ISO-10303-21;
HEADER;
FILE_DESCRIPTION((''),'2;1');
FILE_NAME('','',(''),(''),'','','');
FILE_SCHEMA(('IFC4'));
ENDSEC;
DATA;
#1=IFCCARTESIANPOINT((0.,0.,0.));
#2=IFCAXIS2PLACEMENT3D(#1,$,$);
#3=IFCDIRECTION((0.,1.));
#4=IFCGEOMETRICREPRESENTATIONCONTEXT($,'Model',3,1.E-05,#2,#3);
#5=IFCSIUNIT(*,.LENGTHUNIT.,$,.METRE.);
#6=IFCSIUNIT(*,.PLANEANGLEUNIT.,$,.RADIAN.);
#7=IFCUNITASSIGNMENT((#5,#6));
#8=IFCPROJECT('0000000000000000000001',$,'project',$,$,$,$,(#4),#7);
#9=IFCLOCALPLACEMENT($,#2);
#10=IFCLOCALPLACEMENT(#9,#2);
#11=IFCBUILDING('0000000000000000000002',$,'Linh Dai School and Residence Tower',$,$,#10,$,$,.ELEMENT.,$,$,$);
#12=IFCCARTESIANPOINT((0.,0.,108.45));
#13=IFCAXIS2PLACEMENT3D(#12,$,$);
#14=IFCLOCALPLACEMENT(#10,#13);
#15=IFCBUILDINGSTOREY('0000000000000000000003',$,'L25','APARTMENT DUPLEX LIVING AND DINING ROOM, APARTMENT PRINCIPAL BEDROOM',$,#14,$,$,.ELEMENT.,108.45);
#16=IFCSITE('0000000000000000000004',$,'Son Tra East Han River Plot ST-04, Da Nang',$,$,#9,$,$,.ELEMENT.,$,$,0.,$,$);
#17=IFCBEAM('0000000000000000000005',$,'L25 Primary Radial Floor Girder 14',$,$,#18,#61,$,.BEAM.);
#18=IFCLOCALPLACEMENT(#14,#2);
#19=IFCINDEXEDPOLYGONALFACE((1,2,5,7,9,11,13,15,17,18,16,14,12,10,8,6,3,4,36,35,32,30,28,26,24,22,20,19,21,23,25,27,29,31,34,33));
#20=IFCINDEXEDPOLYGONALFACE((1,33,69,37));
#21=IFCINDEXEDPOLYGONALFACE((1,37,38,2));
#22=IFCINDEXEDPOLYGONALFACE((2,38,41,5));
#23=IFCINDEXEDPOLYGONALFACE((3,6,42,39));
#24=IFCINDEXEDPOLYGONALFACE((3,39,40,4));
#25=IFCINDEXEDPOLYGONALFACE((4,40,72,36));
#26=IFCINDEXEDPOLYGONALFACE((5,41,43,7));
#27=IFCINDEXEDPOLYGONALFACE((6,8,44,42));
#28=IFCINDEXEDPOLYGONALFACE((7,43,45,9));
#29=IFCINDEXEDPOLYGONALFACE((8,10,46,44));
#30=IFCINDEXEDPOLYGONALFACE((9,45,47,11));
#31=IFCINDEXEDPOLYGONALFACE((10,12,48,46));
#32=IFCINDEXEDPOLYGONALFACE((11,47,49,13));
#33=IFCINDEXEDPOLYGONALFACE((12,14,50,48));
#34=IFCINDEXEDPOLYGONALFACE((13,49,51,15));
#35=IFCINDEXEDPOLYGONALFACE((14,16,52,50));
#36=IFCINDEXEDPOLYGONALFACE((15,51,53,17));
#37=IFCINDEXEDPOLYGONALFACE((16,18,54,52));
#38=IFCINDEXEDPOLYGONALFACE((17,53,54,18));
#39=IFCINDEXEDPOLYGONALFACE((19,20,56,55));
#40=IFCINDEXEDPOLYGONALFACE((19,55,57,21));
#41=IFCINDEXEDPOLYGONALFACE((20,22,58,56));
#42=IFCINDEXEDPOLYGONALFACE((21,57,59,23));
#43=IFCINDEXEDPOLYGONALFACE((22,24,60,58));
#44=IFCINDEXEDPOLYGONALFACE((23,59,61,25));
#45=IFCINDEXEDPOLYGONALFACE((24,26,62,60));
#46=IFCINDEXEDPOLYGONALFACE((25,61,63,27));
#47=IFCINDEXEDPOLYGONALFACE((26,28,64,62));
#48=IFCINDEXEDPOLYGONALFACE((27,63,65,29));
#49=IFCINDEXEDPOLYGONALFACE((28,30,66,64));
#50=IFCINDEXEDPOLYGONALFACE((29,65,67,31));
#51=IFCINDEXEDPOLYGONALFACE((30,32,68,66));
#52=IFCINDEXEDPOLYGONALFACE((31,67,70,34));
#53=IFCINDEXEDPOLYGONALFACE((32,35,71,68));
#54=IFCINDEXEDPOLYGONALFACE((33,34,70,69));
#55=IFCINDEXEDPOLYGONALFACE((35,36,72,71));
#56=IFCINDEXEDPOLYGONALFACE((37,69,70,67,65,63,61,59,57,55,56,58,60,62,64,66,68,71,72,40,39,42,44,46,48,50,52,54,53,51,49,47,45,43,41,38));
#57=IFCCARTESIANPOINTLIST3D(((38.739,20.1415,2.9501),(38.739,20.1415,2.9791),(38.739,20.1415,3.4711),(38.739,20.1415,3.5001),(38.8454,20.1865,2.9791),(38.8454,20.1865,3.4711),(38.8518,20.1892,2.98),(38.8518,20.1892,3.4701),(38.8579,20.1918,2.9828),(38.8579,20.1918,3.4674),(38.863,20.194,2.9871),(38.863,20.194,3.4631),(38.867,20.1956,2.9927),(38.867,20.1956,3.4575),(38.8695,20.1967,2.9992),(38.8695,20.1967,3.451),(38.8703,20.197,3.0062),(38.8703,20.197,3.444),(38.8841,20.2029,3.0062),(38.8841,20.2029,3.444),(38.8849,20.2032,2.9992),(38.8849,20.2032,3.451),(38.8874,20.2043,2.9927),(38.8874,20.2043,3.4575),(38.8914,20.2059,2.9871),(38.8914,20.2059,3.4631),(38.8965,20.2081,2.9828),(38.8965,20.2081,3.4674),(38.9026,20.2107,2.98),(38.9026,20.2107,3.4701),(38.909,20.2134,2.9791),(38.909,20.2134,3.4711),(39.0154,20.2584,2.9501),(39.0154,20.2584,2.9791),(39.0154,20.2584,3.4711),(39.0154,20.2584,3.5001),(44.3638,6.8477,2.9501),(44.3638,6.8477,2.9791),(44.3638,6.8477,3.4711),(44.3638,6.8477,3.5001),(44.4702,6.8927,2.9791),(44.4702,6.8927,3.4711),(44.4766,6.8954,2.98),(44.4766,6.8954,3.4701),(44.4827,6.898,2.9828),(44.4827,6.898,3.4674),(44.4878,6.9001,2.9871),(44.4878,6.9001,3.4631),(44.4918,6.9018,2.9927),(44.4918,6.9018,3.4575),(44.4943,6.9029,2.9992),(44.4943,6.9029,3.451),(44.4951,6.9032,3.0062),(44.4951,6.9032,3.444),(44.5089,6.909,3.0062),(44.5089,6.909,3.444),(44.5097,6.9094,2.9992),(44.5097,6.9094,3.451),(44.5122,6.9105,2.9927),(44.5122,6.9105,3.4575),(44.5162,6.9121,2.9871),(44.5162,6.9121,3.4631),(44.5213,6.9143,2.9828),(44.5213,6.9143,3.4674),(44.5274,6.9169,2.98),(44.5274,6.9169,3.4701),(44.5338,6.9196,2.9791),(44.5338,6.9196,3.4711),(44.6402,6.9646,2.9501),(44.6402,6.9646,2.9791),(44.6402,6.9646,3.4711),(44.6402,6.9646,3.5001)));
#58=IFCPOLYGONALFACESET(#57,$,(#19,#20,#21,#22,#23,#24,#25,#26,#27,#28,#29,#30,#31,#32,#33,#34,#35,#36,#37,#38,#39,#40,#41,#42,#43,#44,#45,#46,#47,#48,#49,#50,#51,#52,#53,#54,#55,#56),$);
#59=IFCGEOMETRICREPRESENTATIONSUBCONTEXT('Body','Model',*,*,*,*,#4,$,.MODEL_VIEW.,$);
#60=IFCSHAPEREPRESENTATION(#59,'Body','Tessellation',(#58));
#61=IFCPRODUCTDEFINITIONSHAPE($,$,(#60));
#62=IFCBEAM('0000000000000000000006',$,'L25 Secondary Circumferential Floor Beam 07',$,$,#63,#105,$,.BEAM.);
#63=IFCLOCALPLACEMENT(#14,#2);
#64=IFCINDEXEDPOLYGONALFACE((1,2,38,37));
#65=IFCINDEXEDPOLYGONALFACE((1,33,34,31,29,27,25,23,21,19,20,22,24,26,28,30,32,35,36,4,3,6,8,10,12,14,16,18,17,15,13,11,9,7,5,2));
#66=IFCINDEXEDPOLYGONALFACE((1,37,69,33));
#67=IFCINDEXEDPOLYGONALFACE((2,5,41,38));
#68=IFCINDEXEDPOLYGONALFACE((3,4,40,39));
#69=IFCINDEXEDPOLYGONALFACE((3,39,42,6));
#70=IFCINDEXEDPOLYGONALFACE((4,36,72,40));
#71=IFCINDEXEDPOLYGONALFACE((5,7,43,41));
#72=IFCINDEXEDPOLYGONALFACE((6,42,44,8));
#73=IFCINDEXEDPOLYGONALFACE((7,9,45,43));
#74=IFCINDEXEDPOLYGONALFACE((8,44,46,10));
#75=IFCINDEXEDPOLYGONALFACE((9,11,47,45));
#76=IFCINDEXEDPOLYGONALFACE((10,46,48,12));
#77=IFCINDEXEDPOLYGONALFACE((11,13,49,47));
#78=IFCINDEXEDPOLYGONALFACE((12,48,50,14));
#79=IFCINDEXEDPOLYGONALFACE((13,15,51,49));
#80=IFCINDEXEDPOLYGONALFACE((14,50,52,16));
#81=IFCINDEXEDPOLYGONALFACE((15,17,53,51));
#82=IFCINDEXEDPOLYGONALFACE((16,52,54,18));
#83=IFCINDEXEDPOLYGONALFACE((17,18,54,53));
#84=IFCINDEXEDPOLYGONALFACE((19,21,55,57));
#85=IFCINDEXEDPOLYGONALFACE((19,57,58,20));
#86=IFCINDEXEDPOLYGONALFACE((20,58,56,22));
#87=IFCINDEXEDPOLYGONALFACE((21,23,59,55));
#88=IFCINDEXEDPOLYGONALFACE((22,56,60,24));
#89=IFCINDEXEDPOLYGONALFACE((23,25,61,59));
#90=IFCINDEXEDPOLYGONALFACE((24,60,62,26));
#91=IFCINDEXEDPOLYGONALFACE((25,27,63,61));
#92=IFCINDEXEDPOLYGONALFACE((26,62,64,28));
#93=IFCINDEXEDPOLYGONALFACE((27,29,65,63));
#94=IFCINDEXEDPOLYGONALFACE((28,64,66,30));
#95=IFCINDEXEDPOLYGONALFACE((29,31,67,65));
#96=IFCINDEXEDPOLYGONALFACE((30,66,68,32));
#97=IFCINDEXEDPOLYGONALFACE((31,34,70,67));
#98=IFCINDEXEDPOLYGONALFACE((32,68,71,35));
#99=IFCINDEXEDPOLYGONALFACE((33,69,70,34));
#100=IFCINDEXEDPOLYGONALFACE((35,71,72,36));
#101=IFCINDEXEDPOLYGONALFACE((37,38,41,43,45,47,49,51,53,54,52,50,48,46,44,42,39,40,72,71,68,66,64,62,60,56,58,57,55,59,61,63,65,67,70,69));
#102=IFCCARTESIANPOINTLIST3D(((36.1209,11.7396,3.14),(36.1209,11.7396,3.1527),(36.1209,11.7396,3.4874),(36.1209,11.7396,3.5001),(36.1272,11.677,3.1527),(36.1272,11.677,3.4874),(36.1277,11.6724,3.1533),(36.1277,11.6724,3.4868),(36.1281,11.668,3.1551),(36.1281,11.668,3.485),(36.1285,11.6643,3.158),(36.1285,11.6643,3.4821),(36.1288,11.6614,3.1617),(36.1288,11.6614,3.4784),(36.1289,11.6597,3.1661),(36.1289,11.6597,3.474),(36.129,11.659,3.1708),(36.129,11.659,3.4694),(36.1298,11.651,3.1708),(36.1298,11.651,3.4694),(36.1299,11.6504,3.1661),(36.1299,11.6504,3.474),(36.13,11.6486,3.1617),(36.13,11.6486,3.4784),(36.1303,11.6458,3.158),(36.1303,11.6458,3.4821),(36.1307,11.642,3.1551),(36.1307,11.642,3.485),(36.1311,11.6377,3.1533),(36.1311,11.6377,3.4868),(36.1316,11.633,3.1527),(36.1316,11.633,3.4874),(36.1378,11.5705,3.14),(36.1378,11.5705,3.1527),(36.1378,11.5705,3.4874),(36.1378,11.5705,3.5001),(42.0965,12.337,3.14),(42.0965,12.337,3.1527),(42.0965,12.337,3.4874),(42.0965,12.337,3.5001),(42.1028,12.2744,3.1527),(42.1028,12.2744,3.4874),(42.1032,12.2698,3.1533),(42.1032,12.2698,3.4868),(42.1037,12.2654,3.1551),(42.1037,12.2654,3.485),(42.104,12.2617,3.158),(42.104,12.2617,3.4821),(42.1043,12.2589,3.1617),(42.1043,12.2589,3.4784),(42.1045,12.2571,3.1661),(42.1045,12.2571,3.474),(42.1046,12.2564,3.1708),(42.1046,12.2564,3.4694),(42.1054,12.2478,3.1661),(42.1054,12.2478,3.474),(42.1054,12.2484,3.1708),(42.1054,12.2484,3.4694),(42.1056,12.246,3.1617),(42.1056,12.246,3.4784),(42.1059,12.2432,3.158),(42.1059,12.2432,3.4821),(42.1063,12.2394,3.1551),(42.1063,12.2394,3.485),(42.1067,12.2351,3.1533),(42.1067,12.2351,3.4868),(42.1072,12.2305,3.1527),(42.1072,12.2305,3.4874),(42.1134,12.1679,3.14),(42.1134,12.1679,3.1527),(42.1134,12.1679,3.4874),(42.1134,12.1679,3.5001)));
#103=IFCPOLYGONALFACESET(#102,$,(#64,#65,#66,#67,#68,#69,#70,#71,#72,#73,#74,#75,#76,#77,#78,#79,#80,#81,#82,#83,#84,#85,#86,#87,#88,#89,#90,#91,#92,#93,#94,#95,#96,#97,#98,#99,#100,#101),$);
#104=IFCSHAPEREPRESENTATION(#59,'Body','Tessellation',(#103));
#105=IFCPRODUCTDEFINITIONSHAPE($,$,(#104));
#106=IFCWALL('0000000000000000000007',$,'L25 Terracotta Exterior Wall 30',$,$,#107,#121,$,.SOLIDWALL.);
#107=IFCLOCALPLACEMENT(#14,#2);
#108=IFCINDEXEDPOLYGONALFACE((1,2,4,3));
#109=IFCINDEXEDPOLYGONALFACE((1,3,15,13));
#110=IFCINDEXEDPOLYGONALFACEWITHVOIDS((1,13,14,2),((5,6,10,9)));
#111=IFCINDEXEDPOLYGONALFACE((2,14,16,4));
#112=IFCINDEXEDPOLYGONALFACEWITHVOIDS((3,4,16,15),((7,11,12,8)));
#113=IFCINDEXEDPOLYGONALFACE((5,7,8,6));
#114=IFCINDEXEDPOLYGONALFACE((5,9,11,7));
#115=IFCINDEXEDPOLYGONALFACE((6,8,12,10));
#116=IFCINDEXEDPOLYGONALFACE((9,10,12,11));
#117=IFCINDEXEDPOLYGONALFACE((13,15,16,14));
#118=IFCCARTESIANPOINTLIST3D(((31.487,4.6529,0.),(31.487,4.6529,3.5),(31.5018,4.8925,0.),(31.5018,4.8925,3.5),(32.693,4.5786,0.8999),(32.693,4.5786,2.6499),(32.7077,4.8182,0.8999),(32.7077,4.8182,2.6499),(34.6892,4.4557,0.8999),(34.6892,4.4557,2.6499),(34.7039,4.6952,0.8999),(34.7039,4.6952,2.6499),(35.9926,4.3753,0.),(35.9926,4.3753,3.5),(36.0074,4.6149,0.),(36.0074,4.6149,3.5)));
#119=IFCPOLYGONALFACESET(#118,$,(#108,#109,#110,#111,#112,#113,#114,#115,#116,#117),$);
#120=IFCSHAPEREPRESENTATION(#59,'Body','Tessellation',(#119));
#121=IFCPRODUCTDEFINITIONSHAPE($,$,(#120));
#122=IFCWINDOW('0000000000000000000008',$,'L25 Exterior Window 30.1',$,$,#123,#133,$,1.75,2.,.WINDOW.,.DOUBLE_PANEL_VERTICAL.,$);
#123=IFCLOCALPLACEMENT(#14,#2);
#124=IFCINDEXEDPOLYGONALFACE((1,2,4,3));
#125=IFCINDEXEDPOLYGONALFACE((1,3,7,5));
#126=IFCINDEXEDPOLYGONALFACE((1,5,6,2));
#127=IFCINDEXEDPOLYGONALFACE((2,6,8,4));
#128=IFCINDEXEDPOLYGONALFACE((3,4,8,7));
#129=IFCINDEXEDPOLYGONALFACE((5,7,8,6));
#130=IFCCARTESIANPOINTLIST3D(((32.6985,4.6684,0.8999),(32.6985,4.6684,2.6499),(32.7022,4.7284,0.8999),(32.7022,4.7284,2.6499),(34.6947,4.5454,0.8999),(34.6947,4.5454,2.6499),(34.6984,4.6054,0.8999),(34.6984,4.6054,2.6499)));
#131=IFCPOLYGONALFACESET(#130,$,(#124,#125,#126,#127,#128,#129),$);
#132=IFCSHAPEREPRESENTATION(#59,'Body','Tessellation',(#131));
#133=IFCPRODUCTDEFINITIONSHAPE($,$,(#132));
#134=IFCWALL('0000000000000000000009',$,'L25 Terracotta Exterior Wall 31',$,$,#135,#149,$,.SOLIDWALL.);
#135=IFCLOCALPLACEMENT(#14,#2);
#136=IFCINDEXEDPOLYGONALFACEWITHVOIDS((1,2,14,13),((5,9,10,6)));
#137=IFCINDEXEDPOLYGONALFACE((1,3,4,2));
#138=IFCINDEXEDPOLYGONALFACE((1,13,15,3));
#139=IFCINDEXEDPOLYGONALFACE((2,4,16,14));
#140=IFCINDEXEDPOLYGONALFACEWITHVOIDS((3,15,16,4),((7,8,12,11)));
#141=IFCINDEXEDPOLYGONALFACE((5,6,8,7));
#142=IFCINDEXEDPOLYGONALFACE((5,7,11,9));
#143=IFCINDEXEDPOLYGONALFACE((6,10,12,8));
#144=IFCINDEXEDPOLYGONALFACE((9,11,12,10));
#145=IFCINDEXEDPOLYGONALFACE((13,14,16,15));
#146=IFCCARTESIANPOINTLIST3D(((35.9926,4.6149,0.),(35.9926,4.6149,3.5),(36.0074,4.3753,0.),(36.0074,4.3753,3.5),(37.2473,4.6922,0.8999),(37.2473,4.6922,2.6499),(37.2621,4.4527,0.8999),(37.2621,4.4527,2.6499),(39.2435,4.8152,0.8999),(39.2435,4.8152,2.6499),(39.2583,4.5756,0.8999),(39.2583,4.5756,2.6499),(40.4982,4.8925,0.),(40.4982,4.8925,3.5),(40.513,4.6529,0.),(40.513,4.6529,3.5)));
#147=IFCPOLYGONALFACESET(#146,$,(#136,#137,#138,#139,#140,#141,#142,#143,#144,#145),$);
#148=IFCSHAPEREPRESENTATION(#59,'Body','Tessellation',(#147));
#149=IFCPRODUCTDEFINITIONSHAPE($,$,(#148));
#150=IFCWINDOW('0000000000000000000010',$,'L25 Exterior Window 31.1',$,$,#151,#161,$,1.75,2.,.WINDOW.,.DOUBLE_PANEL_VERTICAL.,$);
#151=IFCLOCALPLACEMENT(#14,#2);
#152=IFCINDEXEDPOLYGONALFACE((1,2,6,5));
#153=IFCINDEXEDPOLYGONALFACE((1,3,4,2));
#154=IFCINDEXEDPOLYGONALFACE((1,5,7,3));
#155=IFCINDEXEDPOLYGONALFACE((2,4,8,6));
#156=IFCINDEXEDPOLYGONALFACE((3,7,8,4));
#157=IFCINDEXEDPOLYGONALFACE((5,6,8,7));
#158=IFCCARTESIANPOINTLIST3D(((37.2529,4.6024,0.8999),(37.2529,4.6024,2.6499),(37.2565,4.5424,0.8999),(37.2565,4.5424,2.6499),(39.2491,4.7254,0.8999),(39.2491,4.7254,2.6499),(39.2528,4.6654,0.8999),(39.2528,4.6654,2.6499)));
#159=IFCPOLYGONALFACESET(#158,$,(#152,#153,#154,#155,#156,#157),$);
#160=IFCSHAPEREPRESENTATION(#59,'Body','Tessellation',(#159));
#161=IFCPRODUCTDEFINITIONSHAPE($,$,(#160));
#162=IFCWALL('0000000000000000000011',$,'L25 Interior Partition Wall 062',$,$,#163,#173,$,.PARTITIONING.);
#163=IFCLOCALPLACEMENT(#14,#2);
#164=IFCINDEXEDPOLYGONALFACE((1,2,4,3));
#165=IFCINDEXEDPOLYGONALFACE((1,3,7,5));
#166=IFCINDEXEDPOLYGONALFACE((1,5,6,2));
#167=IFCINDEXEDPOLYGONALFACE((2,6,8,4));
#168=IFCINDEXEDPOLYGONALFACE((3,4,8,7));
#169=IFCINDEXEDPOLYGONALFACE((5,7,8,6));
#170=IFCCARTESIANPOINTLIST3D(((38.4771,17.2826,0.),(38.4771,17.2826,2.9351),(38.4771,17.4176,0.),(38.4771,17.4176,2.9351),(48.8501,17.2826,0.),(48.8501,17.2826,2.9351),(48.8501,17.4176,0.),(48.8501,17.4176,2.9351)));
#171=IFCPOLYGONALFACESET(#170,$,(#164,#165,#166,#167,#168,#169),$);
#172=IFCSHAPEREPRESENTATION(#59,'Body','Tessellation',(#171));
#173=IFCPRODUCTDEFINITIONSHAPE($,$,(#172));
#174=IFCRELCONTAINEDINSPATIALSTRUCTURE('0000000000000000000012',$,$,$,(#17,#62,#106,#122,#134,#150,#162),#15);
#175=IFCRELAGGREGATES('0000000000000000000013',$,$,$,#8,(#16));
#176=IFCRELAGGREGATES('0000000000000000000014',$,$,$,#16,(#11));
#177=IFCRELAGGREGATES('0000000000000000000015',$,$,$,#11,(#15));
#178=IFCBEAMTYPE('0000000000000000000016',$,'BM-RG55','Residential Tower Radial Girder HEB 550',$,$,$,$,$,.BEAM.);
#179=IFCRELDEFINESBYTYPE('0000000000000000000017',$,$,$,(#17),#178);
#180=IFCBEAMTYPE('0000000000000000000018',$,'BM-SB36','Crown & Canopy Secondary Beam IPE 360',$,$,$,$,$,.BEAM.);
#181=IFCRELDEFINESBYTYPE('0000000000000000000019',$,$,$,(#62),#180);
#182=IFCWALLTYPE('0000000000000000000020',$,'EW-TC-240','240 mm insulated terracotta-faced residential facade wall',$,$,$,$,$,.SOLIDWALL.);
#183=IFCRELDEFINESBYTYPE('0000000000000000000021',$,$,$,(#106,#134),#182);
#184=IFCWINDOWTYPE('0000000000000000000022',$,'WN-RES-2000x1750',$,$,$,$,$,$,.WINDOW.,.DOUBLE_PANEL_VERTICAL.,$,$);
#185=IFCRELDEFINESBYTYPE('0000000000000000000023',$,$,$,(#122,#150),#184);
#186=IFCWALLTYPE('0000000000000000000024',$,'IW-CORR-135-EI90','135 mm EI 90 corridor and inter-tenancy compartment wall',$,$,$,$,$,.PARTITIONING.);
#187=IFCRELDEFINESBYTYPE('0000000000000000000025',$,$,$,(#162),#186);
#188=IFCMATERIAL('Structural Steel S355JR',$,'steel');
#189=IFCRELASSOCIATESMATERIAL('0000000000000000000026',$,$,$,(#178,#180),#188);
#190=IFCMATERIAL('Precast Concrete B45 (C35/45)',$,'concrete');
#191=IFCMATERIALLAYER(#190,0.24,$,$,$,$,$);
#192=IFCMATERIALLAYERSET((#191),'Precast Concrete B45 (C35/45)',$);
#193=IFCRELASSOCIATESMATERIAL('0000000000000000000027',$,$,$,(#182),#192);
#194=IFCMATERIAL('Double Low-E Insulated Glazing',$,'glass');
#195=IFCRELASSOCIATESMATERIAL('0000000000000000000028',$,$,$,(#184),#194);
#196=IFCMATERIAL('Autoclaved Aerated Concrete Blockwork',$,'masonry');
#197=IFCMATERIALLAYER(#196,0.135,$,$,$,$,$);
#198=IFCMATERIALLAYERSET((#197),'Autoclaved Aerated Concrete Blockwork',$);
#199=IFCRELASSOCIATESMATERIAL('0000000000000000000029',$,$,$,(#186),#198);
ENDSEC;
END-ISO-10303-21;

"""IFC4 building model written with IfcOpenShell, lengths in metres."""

from ifc_helpers import new_model, si_unit, direction, frame, frame_2d, origin, origin_2d, place, context, subcontext, project, spatial, rectangle, i_section, extrude, source, transform, mapped, material, layer, layer_set, material_profile, profile_set, type_object, element, fill, save


model = new_model("IFC4")

# Units and contexts
model_context = context("Model", 3, precision=1e-05, world=origin(), true_north=direction((0.0, 1.0)))
body_context = subcontext(model_context, "Body", "Model", "MODEL_VIEW")
ifc_project = project(units=[si_unit("LENGTHUNIT", "METRE"), si_unit("PLANEANGLEUNIT", "RADIAN")], contexts=[model_context])

# Site, building, storey
site_placement = place(None, origin())
site = spatial("IfcSite", under=ifc_project, at=site_placement, Name="Son Tra East Han River Plot ST-04, Da Nang", CompositionType="ELEMENT", RefElevation=0.0)
building_placement = place(site_placement, origin())
building = spatial("IfcBuilding", under=site, at=building_placement, Name="Linh Dai School and Residence Tower", CompositionType="ELEMENT")
storey_placement = place(building_placement, frame((0.0, 0.0, 108.45)))
storey = spatial("IfcBuildingStorey", under=building, at=storey_placement, Name="L25", Description="APARTMENT DUPLEX LIVING AND DINING ROOM, APARTMENT PRINCIPAL BEDROOM", CompositionType="ELEMENT", Elevation=108.45)

# Shared definitions
ifc_material_1 = material(Name="Structural Steel S355JR", Category="steel")

# Beams
ifc_material_profile_1 = material_profile(ifc_material_1, i_section(OverallWidth=0.3, OverallDepth=0.55, WebThickness=0.0149, FlangeThickness=0.0291, FilletRadius=0.0271, at=origin_2d()), Name="HEB 550")
ifc_profile_set_1 = profile_set([ifc_material_profile_1], Name="Structural Steel S355JR")
beam_type_1 = type_object("IfcBeamType", Name="BM-RG55", Description="Residential Tower Radial Girder HEB 550", PredefinedType="BEAM", material=ifc_profile_set_1)
beam_1_placement = place(storey_placement, frame((38.8772, 20.2, 3.2251), z_axis=(0.389669, -0.920955, 0.0), x_axis=(0.920955, 0.389669, 0.0)))
element("IfcBeam", 1, at=beam_1_placement, inside=storey, type_object=beam_type_1, Name="L25 Primary Radial Floor Girder 14", PredefinedType="BEAM", context=body_context, shape_type="SweptSolid", body=[
    extrude(i_section(OverallWidth=0.3, OverallDepth=0.55, WebThickness=0.0149, FlangeThickness=0.0291, FilletRadius=0.0271, at=origin_2d()), origin(), (0.0, 0.0, 1.0), 14.4348),
])
ifc_material_profile_2 = material_profile(ifc_material_1, i_section(OverallWidth=0.1699, OverallDepth=0.3601, WebThickness=0.0081, FlangeThickness=0.0127, FilletRadius=0.0181, at=origin_2d()), Name="IPE 360")
ifc_profile_set_2 = profile_set([ifc_material_profile_2], Name="Structural Steel S355JR")
beam_type_2 = type_object("IfcBeamType", Name="BM-SB36", Description="Crown & Canopy Secondary Beam IPE 360", PredefinedType="BEAM", material=ifc_profile_set_2)
beam_2_placement = place(storey_placement, frame((36.1294, 11.655, 3.3201), z_axis=(0.99504, 0.09948, 0.0), x_axis=(-0.09948, 0.99504, 0.0)))
element("IfcBeam", 2, at=beam_2_placement, inside=storey, type_object=beam_type_2, Name="L25 Secondary Circumferential Floor Beam 07", PredefinedType="BEAM", context=body_context, shape_type="SweptSolid", body=[
    extrude(i_section(OverallWidth=0.1699, OverallDepth=0.3601, WebThickness=0.0081, FlangeThickness=0.0127, FilletRadius=0.0181, at=origin_2d()), origin(), (0.0, 0.0, 1.0), 6.0054),
])

# Walls, openings, windows
ifc_material_2 = material(Name="Precast Concrete B45 (C35/45)", Category="concrete")
ifc_layer_1 = layer(ifc_material_2, 0.24)
ifc_layer_set_1 = layer_set([ifc_layer_1], Name="Precast Concrete B45 (C35/45)")
wall_type_1 = type_object("IfcWallType", Name="EW-TC-240", Description="240 mm insulated terracotta-faced residential facade wall", PredefinedType="SOLIDWALL", material=ifc_layer_set_1)
wall_1_placement = place(storey_placement, frame((36.0, 4.4951, 0.0), z_axis=(0.0, 0.0, 1.0), x_axis=(-0.998108, 0.061493, 0.0)))
wall_1 = element("IfcWall", 3, at=wall_1_placement, inside=storey, type_object=wall_type_1, Name="L25 Terracotta Exterior Wall 30", PredefinedType="SOLIDWALL", context=body_context, shape_type="SweptSolid", body=[
    extrude(rectangle(XDim=4.5142, YDim=0.24, at=frame_2d((2.2571, 0.0))), origin(), (0.0, 0.0, 1.0), 3.5),
])
opening_1_placement = place(wall_1_placement, frame((1.3059, 0.0, 0.8999)))
opening_1 = element("IfcOpeningElement", 4, at=opening_1_placement, cuts=wall_1, PredefinedType="OPENING", context=body_context, shape_type="SweptSolid", body=[
    extrude(rectangle(XDim=2.0, YDim=1.75, at=origin_2d()), frame((1.0, 0.1299, 0.875), z_axis=(0.0, -1.0, 0.0), x_axis=(1.0, 0.0, 0.0)), (0.0, 0.0, 1.0), 0.26),
])
ifc_material_3 = material(Name="Double Low-E Insulated Glazing", Category="glass")
window_type = type_object("IfcWindowType", Name="WN-RES-2000x1750", PartitioningType="DOUBLE_PANEL_VERTICAL", PredefinedType="WINDOW", material=ifc_material_3)
shared_shape_1 = source(origin(), body_context, "Body", "SweptSolid", [
    extrude(rectangle(XDim=2.0, YDim=1.75, at=origin_2d()), frame((1.0, 0.03, 0.875), z_axis=(0.0, -1.0, 0.0), x_axis=(1.0, 0.0, 0.0)), (0.0, 0.0, 1.0), 0.0601),
])
window_1_placement = place(opening_1_placement, origin())
window_1 = element("IfcWindow", 5, at=window_1_placement, inside=storey, type_object=window_type, Name="L25 Exterior Window 30.1", OverallHeight=1.75, OverallWidth=2.0, PartitioningType="DOUBLE_PANEL_VERTICAL", PredefinedType="WINDOW", context=body_context, shape_type="MappedRepresentation", body=[
    mapped(shared_shape_1, transform((0.0, 0.0, 0.0), x_axis=(1.0, 0.0, 0.0), y_axis=(0.0, 1.0, 0.0), z_axis=(0.0, 0.0, 1.0), scale=1.0)),
])
fill(opening_1, window_1)
wall_2_placement = place(storey_placement, frame((40.5056, 4.7727, 0.0), z_axis=(0.0, 0.0, 1.0), x_axis=(-0.998108, -0.061493, 0.0)))
wall_2 = element("IfcWall", 6, at=wall_2_placement, inside=storey, type_object=wall_type_1, Name="L25 Terracotta Exterior Wall 31", PredefinedType="SOLIDWALL", context=body_context, shape_type="SweptSolid", body=[
    extrude(rectangle(XDim=4.5142, YDim=0.24, at=frame_2d((2.2571, 0.0))), origin(), (0.0, 0.0, 1.0), 3.5),
])
opening_2_placement = place(wall_2_placement, frame((1.2571, 0.0, 0.8999)))
opening_2 = element("IfcOpeningElement", 7, at=opening_2_placement, cuts=wall_2, PredefinedType="OPENING", context=body_context, shape_type="SweptSolid", body=[
    extrude(rectangle(XDim=2.0, YDim=1.75, at=origin_2d()), frame((1.0, 0.1299, 0.875), z_axis=(0.0, -1.0, 0.0), x_axis=(1.0, 0.0, 0.0)), (0.0, 0.0, 1.0), 0.26),
])
window_2_placement = place(opening_2_placement, origin())
window_2 = element("IfcWindow", 8, at=window_2_placement, inside=storey, type_object=window_type, Name="L25 Exterior Window 31.1", OverallHeight=1.75, OverallWidth=2.0, PartitioningType="DOUBLE_PANEL_VERTICAL", PredefinedType="WINDOW", context=body_context, shape_type="MappedRepresentation", body=[
    mapped(shared_shape_1, transform((0.0, 0.0, 0.0), x_axis=(1.0, 0.0, 0.0), y_axis=(0.0, 1.0, 0.0), z_axis=(0.0, 0.0, 1.0), scale=1.0)),
])
fill(opening_2, window_2)

# Wall
ifc_material_4 = material(Name="Autoclaved Aerated Concrete Blockwork", Category="masonry")
ifc_layer_2 = layer(ifc_material_4, 0.135)
ifc_layer_set_2 = layer_set([ifc_layer_2], Name="Autoclaved Aerated Concrete Blockwork")
wall_type_2 = type_object("IfcWallType", Name="IW-CORR-135-EI90", Description="135 mm EI 90 corridor and inter-tenancy compartment wall", PredefinedType="PARTITIONING", material=ifc_layer_set_2)
wall_3_placement = place(storey_placement, frame((38.4771, 17.3501, 0.0), z_axis=(0.0, 0.0, 1.0), x_axis=(1.0, 0.0, 0.0)))
element("IfcWall", 9, at=wall_3_placement, inside=storey, type_object=wall_type_2, Name="L25 Interior Partition Wall 062", PredefinedType="PARTITIONING", context=body_context, shape_type="SweptSolid", body=[
    extrude(rectangle(XDim=10.373, YDim=0.135, at=frame_2d((5.1865, 0.0))), origin(), (0.0, 0.0, 1.0), 2.9351),
])

save(model, "model.ifc")
